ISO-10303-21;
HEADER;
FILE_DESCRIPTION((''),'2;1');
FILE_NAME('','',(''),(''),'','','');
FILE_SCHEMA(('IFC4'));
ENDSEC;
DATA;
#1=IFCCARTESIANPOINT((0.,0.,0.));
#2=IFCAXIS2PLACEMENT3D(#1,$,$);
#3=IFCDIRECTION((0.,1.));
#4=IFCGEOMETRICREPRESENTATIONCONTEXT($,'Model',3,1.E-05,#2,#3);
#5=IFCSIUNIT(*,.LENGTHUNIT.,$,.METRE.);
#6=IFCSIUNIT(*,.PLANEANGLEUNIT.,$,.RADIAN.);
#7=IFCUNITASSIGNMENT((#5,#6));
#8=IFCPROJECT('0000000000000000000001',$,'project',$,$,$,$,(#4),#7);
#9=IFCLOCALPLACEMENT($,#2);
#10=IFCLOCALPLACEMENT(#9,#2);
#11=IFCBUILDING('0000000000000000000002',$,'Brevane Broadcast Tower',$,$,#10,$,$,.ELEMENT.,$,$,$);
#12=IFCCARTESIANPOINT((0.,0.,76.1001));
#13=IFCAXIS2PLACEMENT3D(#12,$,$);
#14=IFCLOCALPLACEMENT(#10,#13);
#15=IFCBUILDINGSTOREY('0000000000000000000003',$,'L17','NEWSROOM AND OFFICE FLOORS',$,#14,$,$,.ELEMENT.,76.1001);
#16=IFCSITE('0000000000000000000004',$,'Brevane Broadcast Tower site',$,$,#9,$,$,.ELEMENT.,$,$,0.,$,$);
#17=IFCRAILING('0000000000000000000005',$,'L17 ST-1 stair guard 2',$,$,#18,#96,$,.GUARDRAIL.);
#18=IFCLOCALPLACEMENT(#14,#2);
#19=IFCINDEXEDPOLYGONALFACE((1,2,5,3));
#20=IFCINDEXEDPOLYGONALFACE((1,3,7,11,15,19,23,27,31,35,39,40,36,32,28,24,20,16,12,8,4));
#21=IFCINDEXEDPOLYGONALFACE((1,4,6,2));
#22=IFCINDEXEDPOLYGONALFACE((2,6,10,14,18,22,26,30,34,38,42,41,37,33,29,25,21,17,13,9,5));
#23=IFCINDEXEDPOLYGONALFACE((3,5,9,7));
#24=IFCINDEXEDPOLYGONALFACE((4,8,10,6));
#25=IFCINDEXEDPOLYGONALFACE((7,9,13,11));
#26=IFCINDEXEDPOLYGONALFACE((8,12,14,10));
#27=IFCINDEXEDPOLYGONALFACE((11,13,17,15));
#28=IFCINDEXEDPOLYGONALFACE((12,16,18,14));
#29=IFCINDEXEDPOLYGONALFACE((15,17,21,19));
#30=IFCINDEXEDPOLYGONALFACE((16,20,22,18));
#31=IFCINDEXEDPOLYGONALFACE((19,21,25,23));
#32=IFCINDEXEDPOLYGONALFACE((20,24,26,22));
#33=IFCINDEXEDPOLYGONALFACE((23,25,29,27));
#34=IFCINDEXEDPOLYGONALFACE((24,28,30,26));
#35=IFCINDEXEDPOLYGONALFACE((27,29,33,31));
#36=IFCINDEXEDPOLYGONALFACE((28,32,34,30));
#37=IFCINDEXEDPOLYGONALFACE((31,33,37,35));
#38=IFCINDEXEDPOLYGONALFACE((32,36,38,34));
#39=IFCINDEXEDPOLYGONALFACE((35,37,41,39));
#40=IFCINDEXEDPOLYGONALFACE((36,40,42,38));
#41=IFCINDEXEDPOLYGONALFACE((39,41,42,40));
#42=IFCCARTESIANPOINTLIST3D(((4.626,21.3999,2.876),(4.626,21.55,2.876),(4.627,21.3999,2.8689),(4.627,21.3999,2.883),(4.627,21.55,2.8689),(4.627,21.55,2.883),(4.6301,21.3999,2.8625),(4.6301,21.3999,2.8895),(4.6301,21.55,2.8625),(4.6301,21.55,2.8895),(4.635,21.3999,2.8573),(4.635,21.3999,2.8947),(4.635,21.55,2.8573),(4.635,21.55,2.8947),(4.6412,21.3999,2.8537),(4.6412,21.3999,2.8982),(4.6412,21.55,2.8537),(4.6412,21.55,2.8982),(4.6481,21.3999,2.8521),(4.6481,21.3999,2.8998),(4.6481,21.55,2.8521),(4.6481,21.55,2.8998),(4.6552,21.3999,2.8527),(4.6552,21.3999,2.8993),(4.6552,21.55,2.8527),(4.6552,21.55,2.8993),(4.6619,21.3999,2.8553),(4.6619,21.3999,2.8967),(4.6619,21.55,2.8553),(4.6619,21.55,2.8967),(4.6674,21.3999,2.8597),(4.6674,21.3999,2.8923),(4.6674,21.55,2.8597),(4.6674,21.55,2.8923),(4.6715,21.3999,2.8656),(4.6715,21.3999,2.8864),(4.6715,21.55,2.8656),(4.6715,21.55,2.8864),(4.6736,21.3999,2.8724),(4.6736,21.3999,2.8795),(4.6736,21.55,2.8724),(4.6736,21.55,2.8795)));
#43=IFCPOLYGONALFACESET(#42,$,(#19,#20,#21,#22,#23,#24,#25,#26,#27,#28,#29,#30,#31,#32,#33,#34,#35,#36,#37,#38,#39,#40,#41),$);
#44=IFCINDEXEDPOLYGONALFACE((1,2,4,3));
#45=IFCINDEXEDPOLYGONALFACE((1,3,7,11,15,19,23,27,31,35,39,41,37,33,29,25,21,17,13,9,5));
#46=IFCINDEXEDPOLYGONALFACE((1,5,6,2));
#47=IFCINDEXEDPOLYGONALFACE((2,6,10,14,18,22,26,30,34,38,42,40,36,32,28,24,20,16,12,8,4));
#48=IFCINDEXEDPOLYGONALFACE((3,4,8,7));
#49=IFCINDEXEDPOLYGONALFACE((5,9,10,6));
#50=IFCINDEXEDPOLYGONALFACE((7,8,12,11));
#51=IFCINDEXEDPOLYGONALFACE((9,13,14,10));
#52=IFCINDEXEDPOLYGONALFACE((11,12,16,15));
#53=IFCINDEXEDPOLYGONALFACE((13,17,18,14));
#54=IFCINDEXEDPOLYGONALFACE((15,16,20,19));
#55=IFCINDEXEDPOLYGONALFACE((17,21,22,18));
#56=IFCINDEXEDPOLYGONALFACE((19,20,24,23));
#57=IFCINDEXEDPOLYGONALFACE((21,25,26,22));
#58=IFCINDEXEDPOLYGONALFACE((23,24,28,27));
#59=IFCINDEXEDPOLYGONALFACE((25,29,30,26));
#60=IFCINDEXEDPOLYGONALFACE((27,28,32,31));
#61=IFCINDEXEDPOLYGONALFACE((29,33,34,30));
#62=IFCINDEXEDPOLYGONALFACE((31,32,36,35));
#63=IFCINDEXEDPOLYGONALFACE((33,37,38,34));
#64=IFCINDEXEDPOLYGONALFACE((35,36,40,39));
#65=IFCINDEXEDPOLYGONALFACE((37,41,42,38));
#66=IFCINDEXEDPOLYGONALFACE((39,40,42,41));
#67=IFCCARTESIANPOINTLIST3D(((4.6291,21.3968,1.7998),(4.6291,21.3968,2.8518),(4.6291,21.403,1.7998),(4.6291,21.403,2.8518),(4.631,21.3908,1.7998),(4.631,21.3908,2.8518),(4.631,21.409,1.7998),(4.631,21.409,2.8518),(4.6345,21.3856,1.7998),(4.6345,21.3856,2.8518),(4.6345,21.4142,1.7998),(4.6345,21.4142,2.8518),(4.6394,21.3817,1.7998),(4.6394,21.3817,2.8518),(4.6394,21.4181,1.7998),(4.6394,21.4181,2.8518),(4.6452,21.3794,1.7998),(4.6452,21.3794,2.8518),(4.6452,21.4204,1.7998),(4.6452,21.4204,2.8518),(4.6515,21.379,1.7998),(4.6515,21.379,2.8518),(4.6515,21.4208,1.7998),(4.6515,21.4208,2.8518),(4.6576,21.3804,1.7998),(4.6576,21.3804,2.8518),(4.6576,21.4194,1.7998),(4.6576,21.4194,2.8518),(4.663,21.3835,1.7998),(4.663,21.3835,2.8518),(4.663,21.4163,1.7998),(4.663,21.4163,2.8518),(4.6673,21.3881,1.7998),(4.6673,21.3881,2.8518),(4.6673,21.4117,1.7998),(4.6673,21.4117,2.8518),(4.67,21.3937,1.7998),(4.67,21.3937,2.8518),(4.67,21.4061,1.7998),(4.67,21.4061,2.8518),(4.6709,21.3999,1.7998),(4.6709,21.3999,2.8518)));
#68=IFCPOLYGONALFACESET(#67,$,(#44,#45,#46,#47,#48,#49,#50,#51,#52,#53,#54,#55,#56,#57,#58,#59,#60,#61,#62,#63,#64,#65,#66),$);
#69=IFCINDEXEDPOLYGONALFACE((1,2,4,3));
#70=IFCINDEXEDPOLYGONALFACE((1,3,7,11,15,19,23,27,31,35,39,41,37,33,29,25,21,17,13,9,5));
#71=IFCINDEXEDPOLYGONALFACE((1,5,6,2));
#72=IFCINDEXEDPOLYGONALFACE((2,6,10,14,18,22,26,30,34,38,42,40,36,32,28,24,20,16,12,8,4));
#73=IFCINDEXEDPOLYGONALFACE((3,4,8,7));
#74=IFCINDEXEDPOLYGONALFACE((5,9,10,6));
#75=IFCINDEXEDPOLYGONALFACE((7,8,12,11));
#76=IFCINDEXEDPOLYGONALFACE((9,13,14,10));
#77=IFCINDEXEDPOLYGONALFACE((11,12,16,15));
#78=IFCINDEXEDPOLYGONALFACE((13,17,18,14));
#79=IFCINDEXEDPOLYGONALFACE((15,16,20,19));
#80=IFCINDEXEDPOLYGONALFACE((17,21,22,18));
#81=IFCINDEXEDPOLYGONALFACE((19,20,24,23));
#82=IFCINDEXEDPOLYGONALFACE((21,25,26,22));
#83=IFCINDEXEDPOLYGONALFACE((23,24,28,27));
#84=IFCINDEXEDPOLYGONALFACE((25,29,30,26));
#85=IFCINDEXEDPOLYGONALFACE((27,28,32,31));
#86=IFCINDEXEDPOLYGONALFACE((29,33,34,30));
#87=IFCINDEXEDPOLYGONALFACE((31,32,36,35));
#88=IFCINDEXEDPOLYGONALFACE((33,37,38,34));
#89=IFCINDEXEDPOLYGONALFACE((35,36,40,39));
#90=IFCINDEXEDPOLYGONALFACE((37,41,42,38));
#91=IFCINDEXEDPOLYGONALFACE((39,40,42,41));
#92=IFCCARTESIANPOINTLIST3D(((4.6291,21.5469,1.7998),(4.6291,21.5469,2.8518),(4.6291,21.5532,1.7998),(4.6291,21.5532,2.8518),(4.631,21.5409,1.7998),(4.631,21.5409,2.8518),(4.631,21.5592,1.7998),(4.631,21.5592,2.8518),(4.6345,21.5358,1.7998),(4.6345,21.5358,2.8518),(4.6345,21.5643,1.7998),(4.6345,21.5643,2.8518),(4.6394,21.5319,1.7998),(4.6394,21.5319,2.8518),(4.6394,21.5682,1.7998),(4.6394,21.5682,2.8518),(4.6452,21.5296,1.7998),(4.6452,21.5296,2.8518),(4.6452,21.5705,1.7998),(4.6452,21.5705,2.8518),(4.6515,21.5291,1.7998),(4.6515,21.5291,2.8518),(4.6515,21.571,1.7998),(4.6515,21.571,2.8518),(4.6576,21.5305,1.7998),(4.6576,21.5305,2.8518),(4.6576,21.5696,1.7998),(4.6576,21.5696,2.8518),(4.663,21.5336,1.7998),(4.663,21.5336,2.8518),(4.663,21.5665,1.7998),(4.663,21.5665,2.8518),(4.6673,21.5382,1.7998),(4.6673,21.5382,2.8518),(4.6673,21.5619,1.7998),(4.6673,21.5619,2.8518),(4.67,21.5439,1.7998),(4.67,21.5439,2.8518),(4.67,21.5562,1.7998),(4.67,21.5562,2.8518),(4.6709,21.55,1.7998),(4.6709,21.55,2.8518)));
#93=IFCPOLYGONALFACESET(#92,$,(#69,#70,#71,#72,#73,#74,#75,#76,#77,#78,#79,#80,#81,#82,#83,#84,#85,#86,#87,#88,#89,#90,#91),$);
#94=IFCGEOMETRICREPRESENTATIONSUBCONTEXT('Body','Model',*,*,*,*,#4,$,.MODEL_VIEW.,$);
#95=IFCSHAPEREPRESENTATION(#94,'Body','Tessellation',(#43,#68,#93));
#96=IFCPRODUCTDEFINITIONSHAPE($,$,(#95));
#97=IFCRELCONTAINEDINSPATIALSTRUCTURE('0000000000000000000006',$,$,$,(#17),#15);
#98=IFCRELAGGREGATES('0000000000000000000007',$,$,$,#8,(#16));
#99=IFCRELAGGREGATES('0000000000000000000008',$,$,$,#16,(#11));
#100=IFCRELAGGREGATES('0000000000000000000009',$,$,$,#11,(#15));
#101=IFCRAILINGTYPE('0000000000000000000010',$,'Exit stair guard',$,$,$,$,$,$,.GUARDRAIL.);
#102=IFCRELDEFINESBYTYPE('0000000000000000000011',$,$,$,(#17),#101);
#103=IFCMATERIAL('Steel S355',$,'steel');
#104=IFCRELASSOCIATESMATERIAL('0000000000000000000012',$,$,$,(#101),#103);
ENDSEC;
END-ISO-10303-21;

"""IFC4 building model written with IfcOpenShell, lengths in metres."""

from ifc_helpers import new_model, si_unit, direction, frame, origin, origin_2d, place, context, subcontext, project, spatial, circle, extrude, material, type_object, element, save


model = new_model("IFC4")

# Units and contexts
model_context = context("Model", 3, precision=1e-05, world=origin(), true_north=direction((0.0, 1.0)))
body_context = subcontext(model_context, "Body", "Model", "MODEL_VIEW")
ifc_project = project(units=[si_unit("LENGTHUNIT", "METRE"), si_unit("PLANEANGLEUNIT", "RADIAN")], contexts=[model_context])

# Site, building, storey
site_placement = place(None, origin())
site = spatial("IfcSite", under=ifc_project, at=site_placement, Name="Brevane Broadcast Tower site", CompositionType="ELEMENT", RefElevation=0.0)
building_placement = place(site_placement, origin())
building = spatial("IfcBuilding", under=site, at=building_placement, Name="Brevane Broadcast Tower", CompositionType="ELEMENT")
storey_placement = place(building_placement, frame((0.0, 0.0, 76.1001)))
storey = spatial("IfcBuildingStorey", under=building, at=storey_placement, Name="L17", Description="NEWSROOM AND OFFICE FLOORS", CompositionType="ELEMENT", Elevation=76.1001)

# Railing
ifc_material_1 = material(Name="Steel S355", Category="steel")
railing_type_1 = type_object("IfcRailingType", Name="Exit stair guard", PredefinedType="GUARDRAIL", material=ifc_material_1)
railing_1_placement = place(storey_placement, frame((4.6499, 21.3999, 1.7998)))
element("IfcRailing", 1, at=railing_1_placement, inside=storey, type_object=railing_type_1, Name="L17 ST-1 stair guard 2", PredefinedType="GUARDRAIL", context=body_context, shape_type="SweptSolid", body=[
    extrude(circle(Radius=0.0239, at=origin_2d()), frame((0.0, 0.0, 1.0762), z_axis=(0.0, 1.0, 0.0), x_axis=(-1.0, 0.0, 0.0)), (0.0, 0.0, 1.0), 0.1501),
    extrude(circle(Radius=0.021, at=origin_2d()), origin(), (0.0, 0.0, 1.0), 1.052),
    extrude(circle(Radius=0.021, at=origin_2d()), frame((0.0, 0.1501, 0.0)), (0.0, 0.0, 1.0), 1.052),
])

save(model, "model.ifc")
